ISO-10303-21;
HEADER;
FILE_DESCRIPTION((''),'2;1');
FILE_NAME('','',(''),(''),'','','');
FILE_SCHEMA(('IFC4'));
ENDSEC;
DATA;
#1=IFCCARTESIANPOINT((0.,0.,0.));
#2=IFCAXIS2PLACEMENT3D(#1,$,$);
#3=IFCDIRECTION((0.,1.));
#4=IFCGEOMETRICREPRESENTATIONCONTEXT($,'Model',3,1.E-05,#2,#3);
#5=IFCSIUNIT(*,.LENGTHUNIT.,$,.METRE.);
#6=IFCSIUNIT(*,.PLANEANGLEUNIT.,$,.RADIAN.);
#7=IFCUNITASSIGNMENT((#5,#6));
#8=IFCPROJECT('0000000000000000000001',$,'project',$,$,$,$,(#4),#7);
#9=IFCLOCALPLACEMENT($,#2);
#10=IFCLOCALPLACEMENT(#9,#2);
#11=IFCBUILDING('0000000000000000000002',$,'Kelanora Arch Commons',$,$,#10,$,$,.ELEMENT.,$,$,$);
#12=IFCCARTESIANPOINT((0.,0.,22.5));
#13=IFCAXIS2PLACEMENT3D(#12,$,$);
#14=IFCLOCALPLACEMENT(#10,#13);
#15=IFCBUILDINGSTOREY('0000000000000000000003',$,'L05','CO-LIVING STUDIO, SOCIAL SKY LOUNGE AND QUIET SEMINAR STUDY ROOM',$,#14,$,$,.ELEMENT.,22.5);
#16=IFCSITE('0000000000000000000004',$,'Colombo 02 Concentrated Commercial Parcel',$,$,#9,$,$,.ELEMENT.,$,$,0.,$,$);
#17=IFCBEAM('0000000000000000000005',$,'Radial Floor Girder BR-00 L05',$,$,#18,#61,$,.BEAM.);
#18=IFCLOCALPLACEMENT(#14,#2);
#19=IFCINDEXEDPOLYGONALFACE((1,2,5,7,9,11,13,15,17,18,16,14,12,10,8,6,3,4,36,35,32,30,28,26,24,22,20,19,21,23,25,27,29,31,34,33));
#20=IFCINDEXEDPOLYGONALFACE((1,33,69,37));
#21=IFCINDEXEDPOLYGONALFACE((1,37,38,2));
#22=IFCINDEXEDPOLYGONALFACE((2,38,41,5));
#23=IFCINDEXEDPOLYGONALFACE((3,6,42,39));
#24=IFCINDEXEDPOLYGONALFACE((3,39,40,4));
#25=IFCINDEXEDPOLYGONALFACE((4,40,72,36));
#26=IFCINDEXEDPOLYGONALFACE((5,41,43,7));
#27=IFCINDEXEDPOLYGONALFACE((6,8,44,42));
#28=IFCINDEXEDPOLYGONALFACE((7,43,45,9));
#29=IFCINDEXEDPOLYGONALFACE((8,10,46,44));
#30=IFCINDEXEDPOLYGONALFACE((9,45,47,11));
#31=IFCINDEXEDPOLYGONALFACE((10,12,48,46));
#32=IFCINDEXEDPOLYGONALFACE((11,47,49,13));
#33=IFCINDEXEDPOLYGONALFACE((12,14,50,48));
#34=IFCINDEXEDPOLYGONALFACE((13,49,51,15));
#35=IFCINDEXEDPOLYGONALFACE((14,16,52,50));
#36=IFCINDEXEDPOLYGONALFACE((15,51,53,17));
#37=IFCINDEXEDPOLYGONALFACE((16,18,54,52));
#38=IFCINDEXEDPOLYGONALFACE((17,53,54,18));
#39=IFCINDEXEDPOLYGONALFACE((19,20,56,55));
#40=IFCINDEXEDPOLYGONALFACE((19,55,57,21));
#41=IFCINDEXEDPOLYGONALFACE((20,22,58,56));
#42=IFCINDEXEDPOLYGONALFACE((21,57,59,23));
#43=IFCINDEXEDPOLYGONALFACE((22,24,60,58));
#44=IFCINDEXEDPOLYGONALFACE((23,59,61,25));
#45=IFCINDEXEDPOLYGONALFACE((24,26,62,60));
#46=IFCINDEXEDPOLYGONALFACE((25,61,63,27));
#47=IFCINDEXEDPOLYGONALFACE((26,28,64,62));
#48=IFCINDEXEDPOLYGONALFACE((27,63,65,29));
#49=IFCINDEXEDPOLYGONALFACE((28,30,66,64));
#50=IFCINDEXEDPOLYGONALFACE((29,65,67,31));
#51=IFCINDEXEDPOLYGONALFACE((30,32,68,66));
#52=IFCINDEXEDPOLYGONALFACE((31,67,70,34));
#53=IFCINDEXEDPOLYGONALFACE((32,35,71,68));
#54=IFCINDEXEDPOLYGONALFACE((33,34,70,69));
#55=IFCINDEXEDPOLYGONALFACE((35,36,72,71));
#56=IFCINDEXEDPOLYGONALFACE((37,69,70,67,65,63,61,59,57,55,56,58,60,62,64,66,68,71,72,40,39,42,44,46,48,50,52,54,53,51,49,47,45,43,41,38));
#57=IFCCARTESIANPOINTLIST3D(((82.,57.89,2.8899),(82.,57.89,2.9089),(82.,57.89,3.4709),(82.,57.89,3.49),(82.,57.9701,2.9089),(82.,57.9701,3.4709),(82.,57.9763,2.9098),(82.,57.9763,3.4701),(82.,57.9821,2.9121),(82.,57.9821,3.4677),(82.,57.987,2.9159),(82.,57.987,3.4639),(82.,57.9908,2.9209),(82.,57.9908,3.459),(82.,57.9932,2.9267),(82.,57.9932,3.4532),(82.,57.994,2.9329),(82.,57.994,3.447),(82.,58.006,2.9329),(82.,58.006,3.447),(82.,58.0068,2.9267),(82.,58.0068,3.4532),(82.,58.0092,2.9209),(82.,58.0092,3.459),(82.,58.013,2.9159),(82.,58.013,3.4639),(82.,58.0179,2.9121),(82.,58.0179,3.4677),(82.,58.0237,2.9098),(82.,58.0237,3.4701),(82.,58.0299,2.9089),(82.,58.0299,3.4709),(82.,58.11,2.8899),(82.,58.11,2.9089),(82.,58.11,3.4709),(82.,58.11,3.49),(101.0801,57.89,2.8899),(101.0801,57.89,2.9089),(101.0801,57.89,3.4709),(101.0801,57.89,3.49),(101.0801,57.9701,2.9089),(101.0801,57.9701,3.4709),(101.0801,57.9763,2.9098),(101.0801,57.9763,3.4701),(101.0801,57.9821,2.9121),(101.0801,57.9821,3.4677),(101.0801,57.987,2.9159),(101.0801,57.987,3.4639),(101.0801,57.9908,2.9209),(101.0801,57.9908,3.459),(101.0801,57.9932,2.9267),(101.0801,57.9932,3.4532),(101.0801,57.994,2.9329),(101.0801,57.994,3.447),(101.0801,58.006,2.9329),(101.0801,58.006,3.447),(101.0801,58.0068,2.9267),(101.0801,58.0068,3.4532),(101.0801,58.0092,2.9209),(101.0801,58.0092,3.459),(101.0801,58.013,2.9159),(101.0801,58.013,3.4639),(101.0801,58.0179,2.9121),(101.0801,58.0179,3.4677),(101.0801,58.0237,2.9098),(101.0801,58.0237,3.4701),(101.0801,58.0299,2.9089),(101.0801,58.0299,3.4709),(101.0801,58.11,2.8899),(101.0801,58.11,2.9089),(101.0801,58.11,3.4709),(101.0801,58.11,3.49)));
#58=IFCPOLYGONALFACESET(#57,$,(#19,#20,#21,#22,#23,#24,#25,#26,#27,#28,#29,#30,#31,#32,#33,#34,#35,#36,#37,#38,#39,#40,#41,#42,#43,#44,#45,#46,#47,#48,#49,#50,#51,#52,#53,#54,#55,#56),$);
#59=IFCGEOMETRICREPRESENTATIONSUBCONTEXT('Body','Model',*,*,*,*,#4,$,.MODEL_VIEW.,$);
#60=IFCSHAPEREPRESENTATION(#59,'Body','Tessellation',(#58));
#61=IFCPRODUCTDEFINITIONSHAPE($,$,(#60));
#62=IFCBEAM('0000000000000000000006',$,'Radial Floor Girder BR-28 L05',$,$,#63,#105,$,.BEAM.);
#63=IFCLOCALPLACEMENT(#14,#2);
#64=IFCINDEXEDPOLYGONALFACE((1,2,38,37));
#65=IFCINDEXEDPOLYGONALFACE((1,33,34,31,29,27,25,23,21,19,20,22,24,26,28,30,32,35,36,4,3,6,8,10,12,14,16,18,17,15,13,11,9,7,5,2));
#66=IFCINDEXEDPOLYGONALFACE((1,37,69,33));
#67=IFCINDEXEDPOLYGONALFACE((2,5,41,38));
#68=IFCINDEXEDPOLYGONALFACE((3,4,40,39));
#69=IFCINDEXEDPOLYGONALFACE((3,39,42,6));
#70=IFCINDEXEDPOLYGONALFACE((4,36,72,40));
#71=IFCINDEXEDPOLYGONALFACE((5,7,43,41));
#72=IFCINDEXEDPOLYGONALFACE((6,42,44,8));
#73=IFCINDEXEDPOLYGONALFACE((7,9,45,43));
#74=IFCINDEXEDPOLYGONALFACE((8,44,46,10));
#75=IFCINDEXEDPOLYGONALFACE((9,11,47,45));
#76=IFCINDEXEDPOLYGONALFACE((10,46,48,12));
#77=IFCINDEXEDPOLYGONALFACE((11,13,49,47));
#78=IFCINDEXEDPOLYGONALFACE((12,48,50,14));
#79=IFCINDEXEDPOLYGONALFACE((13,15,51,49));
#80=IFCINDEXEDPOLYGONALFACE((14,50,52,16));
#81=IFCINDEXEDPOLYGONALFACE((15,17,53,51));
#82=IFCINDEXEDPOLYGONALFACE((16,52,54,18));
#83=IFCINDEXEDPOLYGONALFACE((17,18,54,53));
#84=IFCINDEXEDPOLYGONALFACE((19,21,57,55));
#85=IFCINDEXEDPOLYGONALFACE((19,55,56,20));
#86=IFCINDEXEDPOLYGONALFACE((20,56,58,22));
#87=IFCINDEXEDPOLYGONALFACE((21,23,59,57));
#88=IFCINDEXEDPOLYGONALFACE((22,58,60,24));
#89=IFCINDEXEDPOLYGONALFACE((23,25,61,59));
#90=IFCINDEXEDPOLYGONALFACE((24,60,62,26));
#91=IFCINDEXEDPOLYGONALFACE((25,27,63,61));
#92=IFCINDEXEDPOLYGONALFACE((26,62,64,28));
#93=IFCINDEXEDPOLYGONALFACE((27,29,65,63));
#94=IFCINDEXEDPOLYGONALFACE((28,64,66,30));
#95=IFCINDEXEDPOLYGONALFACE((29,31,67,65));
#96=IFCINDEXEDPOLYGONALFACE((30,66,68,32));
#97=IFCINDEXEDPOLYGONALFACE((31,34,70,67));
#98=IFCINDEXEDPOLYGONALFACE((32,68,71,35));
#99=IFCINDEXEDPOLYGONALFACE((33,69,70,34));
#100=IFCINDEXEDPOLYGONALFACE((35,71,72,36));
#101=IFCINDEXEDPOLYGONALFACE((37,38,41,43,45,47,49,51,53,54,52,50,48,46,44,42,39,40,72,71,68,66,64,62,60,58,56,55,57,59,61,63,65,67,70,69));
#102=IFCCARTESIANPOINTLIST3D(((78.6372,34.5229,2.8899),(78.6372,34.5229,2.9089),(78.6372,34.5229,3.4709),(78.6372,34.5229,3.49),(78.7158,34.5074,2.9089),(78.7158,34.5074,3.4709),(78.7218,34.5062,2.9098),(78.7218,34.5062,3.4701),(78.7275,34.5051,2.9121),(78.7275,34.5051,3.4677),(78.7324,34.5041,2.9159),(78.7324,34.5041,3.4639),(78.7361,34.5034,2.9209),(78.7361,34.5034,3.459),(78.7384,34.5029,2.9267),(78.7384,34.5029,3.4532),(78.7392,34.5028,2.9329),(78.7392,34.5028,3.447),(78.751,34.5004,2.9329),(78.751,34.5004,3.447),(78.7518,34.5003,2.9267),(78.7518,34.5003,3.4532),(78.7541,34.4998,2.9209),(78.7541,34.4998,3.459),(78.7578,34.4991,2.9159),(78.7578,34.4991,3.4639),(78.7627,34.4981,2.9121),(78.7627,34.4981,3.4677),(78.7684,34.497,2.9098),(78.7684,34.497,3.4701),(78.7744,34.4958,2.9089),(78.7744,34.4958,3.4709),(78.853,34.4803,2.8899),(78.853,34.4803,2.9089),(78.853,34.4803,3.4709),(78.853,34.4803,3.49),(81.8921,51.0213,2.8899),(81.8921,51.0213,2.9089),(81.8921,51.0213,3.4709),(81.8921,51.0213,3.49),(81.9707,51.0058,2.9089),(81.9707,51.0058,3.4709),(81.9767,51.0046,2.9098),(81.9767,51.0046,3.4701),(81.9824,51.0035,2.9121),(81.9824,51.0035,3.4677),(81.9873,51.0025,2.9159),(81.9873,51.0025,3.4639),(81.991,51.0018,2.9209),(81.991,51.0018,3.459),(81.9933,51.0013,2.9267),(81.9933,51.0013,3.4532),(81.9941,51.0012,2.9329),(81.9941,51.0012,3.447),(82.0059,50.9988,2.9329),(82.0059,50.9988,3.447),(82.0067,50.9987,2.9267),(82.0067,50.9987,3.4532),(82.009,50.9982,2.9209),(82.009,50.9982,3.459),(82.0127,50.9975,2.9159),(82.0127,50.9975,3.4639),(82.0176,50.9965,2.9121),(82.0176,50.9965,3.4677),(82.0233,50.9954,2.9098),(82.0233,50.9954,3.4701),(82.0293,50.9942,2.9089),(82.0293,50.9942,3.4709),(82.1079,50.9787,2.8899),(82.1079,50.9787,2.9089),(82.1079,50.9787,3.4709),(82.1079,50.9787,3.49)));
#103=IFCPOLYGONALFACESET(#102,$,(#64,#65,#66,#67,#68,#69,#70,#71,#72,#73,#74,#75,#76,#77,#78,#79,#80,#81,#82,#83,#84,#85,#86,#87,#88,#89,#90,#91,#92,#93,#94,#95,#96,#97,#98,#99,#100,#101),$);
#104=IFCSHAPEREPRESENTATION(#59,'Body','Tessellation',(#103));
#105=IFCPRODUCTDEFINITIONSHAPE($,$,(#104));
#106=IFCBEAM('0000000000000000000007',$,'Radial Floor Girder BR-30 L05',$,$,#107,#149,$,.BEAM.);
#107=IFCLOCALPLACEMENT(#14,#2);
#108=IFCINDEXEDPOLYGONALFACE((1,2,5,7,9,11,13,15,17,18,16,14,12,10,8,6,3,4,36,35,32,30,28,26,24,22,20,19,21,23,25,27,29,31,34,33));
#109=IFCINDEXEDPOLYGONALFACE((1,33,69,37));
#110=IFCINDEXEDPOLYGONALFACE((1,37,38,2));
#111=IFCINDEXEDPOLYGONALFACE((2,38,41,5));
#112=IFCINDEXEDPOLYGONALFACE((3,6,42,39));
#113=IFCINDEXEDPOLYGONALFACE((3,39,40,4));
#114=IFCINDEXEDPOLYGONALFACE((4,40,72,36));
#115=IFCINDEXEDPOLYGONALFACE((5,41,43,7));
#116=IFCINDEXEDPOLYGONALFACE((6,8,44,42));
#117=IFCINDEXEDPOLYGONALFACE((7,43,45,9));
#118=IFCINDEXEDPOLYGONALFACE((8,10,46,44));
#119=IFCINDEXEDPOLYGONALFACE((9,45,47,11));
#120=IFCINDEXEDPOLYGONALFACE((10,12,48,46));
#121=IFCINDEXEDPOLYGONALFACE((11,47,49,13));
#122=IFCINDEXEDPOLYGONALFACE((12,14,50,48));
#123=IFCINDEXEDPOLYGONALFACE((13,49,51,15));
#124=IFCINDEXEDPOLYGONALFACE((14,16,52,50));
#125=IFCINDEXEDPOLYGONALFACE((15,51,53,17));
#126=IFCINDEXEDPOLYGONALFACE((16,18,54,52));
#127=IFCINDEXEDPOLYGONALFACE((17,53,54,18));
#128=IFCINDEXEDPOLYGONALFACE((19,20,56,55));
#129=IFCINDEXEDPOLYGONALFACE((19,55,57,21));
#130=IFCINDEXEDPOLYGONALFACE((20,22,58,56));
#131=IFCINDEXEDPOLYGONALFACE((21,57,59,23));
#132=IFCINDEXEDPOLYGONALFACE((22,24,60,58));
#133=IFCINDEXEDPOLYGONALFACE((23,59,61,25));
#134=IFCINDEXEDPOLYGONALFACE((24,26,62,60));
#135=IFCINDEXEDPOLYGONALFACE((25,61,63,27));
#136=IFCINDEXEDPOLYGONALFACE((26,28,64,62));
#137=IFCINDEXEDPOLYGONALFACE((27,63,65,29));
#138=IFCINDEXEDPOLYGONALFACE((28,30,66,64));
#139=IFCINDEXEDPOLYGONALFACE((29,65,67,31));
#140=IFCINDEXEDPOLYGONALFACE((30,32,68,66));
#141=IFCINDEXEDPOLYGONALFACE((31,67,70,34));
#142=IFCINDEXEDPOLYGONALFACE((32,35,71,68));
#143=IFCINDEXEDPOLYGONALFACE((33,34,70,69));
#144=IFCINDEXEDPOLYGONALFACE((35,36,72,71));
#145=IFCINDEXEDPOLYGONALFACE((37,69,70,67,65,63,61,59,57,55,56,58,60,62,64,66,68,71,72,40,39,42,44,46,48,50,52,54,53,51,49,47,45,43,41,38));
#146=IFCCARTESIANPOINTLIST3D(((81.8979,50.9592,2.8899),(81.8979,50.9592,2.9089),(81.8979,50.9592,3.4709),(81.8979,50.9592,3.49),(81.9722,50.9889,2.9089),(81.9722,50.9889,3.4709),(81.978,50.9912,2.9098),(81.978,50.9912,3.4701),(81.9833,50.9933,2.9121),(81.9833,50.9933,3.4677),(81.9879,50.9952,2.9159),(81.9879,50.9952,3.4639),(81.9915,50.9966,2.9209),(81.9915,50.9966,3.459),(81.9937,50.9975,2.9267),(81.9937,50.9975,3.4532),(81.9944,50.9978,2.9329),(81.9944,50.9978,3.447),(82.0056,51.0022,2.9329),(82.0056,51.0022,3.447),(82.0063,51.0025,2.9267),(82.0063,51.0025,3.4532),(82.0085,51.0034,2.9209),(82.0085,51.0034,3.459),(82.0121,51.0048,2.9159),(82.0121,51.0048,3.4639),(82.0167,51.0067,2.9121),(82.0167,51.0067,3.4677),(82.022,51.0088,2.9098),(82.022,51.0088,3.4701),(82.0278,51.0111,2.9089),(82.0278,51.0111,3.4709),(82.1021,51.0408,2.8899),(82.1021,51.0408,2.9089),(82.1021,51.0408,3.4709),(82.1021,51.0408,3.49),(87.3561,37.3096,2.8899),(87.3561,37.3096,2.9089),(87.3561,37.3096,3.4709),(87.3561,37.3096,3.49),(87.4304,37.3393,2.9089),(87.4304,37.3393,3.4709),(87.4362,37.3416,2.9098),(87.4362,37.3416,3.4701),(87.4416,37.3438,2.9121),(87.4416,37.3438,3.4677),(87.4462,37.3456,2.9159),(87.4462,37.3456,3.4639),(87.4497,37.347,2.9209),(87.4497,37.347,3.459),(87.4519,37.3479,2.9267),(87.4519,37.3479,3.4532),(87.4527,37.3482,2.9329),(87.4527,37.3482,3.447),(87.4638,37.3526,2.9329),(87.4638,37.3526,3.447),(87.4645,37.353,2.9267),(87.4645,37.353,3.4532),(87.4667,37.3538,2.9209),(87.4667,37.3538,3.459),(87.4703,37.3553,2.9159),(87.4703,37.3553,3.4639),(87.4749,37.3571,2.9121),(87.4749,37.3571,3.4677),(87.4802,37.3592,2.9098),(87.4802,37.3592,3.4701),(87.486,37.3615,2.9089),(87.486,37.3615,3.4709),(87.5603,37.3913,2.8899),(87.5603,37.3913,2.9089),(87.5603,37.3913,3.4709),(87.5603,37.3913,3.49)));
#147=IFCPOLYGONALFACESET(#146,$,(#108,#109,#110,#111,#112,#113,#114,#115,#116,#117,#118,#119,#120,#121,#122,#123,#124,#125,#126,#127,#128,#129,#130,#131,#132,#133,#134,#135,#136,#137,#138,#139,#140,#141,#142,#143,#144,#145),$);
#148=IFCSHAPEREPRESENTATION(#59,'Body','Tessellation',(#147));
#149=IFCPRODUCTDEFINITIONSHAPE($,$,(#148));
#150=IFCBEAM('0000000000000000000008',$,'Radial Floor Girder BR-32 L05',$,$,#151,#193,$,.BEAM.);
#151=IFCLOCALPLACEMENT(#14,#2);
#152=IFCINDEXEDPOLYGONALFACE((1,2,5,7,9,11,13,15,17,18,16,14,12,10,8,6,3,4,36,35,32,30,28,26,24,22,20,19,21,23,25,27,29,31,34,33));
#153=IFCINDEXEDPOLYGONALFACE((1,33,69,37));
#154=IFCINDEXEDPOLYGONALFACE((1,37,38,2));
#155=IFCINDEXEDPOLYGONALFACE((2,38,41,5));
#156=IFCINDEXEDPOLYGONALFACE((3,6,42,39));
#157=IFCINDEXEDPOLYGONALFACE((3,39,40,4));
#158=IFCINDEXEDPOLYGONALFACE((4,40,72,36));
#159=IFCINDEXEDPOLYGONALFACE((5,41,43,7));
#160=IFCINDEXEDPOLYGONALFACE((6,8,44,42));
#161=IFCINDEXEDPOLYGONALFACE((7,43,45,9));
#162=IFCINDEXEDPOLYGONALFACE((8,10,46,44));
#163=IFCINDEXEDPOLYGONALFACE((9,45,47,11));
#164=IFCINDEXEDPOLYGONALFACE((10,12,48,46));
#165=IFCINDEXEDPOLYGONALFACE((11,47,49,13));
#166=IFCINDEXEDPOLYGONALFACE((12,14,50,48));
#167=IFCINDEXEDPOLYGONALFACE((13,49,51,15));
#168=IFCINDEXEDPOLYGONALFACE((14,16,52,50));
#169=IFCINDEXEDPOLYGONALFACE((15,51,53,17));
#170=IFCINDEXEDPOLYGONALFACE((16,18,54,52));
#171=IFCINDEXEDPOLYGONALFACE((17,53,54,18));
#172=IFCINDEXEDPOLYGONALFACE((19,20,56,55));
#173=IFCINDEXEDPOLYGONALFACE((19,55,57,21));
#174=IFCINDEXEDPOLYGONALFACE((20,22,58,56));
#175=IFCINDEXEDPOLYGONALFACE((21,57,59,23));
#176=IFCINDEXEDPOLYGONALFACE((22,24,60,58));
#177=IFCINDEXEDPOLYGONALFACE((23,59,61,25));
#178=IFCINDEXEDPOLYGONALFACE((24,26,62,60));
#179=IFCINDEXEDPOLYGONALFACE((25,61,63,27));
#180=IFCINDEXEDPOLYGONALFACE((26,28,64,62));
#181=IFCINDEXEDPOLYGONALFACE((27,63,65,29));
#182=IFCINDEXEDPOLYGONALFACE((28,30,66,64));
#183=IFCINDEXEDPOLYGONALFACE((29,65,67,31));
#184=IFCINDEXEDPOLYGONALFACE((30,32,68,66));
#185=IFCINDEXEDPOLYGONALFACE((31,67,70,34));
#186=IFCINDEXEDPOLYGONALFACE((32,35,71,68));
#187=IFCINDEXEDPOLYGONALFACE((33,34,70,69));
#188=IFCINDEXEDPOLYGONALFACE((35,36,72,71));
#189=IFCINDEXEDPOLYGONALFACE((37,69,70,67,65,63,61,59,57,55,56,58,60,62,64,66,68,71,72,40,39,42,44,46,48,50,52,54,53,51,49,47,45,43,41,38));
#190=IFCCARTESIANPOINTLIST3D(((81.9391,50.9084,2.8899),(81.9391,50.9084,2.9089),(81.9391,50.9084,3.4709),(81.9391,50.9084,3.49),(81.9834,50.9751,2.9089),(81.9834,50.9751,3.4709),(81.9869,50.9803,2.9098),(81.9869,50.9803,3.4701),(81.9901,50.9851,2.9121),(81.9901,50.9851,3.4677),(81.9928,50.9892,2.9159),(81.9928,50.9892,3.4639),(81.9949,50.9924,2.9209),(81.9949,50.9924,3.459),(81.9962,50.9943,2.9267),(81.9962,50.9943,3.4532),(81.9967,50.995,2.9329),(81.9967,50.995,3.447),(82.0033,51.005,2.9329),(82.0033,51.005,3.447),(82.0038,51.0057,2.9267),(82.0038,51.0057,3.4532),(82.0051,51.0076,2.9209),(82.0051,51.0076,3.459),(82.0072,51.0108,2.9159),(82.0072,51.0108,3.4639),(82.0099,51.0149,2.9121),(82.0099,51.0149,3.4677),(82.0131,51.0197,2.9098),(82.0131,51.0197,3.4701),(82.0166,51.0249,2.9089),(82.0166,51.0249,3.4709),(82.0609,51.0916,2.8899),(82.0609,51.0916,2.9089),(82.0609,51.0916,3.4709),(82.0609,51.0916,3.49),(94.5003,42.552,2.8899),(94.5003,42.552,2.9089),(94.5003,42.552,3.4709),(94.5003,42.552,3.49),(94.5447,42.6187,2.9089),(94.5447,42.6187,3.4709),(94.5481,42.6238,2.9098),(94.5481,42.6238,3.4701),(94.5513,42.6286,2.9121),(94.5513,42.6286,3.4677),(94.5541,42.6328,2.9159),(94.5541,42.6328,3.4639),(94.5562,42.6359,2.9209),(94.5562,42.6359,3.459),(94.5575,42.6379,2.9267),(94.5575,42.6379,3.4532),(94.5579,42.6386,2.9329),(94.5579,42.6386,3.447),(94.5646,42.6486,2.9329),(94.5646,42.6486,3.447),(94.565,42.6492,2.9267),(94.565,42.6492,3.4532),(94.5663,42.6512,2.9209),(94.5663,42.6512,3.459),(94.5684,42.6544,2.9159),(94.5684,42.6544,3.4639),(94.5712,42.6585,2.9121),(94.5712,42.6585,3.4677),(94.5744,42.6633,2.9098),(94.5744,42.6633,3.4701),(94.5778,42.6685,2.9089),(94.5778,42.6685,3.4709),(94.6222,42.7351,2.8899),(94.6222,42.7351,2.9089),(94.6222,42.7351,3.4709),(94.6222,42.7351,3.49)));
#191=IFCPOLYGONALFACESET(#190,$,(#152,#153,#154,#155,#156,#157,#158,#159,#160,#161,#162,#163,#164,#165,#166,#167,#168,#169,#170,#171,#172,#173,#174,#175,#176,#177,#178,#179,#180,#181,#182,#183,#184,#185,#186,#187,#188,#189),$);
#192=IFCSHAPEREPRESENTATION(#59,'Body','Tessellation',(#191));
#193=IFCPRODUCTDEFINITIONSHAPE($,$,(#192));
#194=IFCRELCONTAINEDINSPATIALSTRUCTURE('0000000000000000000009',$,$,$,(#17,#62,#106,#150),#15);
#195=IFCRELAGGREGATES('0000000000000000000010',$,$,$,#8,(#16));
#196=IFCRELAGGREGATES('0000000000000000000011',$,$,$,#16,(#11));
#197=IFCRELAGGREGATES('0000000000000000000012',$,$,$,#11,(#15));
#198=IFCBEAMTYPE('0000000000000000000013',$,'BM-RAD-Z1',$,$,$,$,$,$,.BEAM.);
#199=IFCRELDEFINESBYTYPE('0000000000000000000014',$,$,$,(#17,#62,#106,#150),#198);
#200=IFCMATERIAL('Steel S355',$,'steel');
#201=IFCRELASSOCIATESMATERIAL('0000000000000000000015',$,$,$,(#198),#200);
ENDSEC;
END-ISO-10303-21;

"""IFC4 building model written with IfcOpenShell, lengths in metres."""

from ifc_helpers import new_model, si_unit, direction, frame, origin, origin_2d, place, context, subcontext, project, spatial, i_section, extrude, material, material_profile, profile_set, type_object, element, save


model = new_model("IFC4")

# Units and contexts
model_context = context("Model", 3, precision=1e-05, world=origin(), true_north=direction((0.0, 1.0)))
body_context = subcontext(model_context, "Body", "Model", "MODEL_VIEW")
ifc_project = project(units=[si_unit("LENGTHUNIT", "METRE"), si_unit("PLANEANGLEUNIT", "RADIAN")], contexts=[model_context])

# Site, building, storey
site_placement = place(None, origin())
site = spatial("IfcSite", under=ifc_project, at=site_placement, Name="Colombo 02 Concentrated Commercial Parcel", CompositionType="ELEMENT", RefElevation=0.0)
building_placement = place(site_placement, origin())
building = spatial("IfcBuilding", under=site, at=building_placement, Name="Kelanora Arch Commons", CompositionType="ELEMENT")
storey_placement = place(building_placement, frame((0.0, 0.0, 22.5)))
storey = spatial("IfcBuildingStorey", under=building, at=storey_placement, Name="L05", Description="CO-LIVING STUDIO, SOCIAL SKY LOUNGE AND QUIET SEMINAR STUDY ROOM", CompositionType="ELEMENT", Elevation=22.5)

# Beams
ifc_material_1 = material(Name="Steel S355", Category="steel")
ifc_material_profile_1 = material_profile(ifc_material_1, i_section(OverallWidth=0.22, OverallDepth=0.6001, WebThickness=0.012, FlangeThickness=0.019, FilletRadius=0.0239, at=origin_2d()), Name="IPE600")
ifc_profile_set_1 = profile_set([ifc_material_profile_1], Name="Steel S355")
beam_type_1 = type_object("IfcBeamType", Name="BM-RAD-Z1", PredefinedType="BEAM", material=ifc_profile_set_1)
beam_1_placement = place(storey_placement, frame((82.0, 58.0, 3.1899), z_axis=(1.0, 0.0, 0.0), x_axis=(0.0, 1.0, 0.0)))
element("IfcBeam", 1, at=beam_1_placement, inside=storey, type_object=beam_type_1, Name="Radial Floor Girder BR-00 L05", PredefinedType="BEAM", context=body_context, shape_type="SweptSolid", body=[
    extrude(i_section(OverallWidth=0.22, OverallDepth=0.6001, WebThickness=0.012, FlangeThickness=0.019, FilletRadius=0.0239, at=origin_2d()), origin(), (0.0, 0.0, 1.0), 19.0801),
])
beam_2_placement = place(storey_placement, frame((82.0, 51.0, 3.1899), z_axis=(-0.193555, -0.981089, 0.0), x_axis=(0.981089, -0.193555, 0.0)))
element("IfcBeam", 2, at=beam_2_placement, inside=storey, type_object=beam_type_1, Name="Radial Floor Girder BR-28 L05", PredefinedType="BEAM", context=body_context, shape_type="SweptSolid", body=[
    extrude(i_section(OverallWidth=0.22, OverallDepth=0.6001, WebThickness=0.012, FlangeThickness=0.019, FilletRadius=0.0239, at=origin_2d()), origin(), (0.0, 0.0, 1.0), 16.8164),
])
beam_3_placement = place(storey_placement, frame((82.0, 51.0, 3.1899), z_axis=(0.371296, -0.928514, 0.0), x_axis=(0.928514, 0.371296, 0.0)))
element("IfcBeam", 3, at=beam_3_placement, inside=storey, type_object=beam_type_1, Name="Radial Floor Girder BR-30 L05", PredefinedType="BEAM", context=body_context, shape_type="SweptSolid", body=[
    extrude(i_section(OverallWidth=0.22, OverallDepth=0.6001, WebThickness=0.012, FlangeThickness=0.019, FilletRadius=0.0239, at=origin_2d()), origin(), (0.0, 0.0, 1.0), 14.7004),
])
beam_4_placement = place(storey_placement, frame((82.0, 51.0, 3.1899), z_axis=(0.832593, -0.553886, 0.0), x_axis=(0.553886, 0.832593, 0.0)))
element("IfcBeam", 4, at=beam_4_placement, inside=storey, type_object=beam_type_1, Name="Radial Floor Girder BR-32 L05", PredefinedType="BEAM", context=body_context, shape_type="SweptSolid", body=[
    extrude(i_section(OverallWidth=0.22, OverallDepth=0.6001, WebThickness=0.012, FlangeThickness=0.019, FilletRadius=0.0239, at=origin_2d()), origin(), (0.0, 0.0, 1.0), 15.0869),
])

save(model, "model.ifc")
